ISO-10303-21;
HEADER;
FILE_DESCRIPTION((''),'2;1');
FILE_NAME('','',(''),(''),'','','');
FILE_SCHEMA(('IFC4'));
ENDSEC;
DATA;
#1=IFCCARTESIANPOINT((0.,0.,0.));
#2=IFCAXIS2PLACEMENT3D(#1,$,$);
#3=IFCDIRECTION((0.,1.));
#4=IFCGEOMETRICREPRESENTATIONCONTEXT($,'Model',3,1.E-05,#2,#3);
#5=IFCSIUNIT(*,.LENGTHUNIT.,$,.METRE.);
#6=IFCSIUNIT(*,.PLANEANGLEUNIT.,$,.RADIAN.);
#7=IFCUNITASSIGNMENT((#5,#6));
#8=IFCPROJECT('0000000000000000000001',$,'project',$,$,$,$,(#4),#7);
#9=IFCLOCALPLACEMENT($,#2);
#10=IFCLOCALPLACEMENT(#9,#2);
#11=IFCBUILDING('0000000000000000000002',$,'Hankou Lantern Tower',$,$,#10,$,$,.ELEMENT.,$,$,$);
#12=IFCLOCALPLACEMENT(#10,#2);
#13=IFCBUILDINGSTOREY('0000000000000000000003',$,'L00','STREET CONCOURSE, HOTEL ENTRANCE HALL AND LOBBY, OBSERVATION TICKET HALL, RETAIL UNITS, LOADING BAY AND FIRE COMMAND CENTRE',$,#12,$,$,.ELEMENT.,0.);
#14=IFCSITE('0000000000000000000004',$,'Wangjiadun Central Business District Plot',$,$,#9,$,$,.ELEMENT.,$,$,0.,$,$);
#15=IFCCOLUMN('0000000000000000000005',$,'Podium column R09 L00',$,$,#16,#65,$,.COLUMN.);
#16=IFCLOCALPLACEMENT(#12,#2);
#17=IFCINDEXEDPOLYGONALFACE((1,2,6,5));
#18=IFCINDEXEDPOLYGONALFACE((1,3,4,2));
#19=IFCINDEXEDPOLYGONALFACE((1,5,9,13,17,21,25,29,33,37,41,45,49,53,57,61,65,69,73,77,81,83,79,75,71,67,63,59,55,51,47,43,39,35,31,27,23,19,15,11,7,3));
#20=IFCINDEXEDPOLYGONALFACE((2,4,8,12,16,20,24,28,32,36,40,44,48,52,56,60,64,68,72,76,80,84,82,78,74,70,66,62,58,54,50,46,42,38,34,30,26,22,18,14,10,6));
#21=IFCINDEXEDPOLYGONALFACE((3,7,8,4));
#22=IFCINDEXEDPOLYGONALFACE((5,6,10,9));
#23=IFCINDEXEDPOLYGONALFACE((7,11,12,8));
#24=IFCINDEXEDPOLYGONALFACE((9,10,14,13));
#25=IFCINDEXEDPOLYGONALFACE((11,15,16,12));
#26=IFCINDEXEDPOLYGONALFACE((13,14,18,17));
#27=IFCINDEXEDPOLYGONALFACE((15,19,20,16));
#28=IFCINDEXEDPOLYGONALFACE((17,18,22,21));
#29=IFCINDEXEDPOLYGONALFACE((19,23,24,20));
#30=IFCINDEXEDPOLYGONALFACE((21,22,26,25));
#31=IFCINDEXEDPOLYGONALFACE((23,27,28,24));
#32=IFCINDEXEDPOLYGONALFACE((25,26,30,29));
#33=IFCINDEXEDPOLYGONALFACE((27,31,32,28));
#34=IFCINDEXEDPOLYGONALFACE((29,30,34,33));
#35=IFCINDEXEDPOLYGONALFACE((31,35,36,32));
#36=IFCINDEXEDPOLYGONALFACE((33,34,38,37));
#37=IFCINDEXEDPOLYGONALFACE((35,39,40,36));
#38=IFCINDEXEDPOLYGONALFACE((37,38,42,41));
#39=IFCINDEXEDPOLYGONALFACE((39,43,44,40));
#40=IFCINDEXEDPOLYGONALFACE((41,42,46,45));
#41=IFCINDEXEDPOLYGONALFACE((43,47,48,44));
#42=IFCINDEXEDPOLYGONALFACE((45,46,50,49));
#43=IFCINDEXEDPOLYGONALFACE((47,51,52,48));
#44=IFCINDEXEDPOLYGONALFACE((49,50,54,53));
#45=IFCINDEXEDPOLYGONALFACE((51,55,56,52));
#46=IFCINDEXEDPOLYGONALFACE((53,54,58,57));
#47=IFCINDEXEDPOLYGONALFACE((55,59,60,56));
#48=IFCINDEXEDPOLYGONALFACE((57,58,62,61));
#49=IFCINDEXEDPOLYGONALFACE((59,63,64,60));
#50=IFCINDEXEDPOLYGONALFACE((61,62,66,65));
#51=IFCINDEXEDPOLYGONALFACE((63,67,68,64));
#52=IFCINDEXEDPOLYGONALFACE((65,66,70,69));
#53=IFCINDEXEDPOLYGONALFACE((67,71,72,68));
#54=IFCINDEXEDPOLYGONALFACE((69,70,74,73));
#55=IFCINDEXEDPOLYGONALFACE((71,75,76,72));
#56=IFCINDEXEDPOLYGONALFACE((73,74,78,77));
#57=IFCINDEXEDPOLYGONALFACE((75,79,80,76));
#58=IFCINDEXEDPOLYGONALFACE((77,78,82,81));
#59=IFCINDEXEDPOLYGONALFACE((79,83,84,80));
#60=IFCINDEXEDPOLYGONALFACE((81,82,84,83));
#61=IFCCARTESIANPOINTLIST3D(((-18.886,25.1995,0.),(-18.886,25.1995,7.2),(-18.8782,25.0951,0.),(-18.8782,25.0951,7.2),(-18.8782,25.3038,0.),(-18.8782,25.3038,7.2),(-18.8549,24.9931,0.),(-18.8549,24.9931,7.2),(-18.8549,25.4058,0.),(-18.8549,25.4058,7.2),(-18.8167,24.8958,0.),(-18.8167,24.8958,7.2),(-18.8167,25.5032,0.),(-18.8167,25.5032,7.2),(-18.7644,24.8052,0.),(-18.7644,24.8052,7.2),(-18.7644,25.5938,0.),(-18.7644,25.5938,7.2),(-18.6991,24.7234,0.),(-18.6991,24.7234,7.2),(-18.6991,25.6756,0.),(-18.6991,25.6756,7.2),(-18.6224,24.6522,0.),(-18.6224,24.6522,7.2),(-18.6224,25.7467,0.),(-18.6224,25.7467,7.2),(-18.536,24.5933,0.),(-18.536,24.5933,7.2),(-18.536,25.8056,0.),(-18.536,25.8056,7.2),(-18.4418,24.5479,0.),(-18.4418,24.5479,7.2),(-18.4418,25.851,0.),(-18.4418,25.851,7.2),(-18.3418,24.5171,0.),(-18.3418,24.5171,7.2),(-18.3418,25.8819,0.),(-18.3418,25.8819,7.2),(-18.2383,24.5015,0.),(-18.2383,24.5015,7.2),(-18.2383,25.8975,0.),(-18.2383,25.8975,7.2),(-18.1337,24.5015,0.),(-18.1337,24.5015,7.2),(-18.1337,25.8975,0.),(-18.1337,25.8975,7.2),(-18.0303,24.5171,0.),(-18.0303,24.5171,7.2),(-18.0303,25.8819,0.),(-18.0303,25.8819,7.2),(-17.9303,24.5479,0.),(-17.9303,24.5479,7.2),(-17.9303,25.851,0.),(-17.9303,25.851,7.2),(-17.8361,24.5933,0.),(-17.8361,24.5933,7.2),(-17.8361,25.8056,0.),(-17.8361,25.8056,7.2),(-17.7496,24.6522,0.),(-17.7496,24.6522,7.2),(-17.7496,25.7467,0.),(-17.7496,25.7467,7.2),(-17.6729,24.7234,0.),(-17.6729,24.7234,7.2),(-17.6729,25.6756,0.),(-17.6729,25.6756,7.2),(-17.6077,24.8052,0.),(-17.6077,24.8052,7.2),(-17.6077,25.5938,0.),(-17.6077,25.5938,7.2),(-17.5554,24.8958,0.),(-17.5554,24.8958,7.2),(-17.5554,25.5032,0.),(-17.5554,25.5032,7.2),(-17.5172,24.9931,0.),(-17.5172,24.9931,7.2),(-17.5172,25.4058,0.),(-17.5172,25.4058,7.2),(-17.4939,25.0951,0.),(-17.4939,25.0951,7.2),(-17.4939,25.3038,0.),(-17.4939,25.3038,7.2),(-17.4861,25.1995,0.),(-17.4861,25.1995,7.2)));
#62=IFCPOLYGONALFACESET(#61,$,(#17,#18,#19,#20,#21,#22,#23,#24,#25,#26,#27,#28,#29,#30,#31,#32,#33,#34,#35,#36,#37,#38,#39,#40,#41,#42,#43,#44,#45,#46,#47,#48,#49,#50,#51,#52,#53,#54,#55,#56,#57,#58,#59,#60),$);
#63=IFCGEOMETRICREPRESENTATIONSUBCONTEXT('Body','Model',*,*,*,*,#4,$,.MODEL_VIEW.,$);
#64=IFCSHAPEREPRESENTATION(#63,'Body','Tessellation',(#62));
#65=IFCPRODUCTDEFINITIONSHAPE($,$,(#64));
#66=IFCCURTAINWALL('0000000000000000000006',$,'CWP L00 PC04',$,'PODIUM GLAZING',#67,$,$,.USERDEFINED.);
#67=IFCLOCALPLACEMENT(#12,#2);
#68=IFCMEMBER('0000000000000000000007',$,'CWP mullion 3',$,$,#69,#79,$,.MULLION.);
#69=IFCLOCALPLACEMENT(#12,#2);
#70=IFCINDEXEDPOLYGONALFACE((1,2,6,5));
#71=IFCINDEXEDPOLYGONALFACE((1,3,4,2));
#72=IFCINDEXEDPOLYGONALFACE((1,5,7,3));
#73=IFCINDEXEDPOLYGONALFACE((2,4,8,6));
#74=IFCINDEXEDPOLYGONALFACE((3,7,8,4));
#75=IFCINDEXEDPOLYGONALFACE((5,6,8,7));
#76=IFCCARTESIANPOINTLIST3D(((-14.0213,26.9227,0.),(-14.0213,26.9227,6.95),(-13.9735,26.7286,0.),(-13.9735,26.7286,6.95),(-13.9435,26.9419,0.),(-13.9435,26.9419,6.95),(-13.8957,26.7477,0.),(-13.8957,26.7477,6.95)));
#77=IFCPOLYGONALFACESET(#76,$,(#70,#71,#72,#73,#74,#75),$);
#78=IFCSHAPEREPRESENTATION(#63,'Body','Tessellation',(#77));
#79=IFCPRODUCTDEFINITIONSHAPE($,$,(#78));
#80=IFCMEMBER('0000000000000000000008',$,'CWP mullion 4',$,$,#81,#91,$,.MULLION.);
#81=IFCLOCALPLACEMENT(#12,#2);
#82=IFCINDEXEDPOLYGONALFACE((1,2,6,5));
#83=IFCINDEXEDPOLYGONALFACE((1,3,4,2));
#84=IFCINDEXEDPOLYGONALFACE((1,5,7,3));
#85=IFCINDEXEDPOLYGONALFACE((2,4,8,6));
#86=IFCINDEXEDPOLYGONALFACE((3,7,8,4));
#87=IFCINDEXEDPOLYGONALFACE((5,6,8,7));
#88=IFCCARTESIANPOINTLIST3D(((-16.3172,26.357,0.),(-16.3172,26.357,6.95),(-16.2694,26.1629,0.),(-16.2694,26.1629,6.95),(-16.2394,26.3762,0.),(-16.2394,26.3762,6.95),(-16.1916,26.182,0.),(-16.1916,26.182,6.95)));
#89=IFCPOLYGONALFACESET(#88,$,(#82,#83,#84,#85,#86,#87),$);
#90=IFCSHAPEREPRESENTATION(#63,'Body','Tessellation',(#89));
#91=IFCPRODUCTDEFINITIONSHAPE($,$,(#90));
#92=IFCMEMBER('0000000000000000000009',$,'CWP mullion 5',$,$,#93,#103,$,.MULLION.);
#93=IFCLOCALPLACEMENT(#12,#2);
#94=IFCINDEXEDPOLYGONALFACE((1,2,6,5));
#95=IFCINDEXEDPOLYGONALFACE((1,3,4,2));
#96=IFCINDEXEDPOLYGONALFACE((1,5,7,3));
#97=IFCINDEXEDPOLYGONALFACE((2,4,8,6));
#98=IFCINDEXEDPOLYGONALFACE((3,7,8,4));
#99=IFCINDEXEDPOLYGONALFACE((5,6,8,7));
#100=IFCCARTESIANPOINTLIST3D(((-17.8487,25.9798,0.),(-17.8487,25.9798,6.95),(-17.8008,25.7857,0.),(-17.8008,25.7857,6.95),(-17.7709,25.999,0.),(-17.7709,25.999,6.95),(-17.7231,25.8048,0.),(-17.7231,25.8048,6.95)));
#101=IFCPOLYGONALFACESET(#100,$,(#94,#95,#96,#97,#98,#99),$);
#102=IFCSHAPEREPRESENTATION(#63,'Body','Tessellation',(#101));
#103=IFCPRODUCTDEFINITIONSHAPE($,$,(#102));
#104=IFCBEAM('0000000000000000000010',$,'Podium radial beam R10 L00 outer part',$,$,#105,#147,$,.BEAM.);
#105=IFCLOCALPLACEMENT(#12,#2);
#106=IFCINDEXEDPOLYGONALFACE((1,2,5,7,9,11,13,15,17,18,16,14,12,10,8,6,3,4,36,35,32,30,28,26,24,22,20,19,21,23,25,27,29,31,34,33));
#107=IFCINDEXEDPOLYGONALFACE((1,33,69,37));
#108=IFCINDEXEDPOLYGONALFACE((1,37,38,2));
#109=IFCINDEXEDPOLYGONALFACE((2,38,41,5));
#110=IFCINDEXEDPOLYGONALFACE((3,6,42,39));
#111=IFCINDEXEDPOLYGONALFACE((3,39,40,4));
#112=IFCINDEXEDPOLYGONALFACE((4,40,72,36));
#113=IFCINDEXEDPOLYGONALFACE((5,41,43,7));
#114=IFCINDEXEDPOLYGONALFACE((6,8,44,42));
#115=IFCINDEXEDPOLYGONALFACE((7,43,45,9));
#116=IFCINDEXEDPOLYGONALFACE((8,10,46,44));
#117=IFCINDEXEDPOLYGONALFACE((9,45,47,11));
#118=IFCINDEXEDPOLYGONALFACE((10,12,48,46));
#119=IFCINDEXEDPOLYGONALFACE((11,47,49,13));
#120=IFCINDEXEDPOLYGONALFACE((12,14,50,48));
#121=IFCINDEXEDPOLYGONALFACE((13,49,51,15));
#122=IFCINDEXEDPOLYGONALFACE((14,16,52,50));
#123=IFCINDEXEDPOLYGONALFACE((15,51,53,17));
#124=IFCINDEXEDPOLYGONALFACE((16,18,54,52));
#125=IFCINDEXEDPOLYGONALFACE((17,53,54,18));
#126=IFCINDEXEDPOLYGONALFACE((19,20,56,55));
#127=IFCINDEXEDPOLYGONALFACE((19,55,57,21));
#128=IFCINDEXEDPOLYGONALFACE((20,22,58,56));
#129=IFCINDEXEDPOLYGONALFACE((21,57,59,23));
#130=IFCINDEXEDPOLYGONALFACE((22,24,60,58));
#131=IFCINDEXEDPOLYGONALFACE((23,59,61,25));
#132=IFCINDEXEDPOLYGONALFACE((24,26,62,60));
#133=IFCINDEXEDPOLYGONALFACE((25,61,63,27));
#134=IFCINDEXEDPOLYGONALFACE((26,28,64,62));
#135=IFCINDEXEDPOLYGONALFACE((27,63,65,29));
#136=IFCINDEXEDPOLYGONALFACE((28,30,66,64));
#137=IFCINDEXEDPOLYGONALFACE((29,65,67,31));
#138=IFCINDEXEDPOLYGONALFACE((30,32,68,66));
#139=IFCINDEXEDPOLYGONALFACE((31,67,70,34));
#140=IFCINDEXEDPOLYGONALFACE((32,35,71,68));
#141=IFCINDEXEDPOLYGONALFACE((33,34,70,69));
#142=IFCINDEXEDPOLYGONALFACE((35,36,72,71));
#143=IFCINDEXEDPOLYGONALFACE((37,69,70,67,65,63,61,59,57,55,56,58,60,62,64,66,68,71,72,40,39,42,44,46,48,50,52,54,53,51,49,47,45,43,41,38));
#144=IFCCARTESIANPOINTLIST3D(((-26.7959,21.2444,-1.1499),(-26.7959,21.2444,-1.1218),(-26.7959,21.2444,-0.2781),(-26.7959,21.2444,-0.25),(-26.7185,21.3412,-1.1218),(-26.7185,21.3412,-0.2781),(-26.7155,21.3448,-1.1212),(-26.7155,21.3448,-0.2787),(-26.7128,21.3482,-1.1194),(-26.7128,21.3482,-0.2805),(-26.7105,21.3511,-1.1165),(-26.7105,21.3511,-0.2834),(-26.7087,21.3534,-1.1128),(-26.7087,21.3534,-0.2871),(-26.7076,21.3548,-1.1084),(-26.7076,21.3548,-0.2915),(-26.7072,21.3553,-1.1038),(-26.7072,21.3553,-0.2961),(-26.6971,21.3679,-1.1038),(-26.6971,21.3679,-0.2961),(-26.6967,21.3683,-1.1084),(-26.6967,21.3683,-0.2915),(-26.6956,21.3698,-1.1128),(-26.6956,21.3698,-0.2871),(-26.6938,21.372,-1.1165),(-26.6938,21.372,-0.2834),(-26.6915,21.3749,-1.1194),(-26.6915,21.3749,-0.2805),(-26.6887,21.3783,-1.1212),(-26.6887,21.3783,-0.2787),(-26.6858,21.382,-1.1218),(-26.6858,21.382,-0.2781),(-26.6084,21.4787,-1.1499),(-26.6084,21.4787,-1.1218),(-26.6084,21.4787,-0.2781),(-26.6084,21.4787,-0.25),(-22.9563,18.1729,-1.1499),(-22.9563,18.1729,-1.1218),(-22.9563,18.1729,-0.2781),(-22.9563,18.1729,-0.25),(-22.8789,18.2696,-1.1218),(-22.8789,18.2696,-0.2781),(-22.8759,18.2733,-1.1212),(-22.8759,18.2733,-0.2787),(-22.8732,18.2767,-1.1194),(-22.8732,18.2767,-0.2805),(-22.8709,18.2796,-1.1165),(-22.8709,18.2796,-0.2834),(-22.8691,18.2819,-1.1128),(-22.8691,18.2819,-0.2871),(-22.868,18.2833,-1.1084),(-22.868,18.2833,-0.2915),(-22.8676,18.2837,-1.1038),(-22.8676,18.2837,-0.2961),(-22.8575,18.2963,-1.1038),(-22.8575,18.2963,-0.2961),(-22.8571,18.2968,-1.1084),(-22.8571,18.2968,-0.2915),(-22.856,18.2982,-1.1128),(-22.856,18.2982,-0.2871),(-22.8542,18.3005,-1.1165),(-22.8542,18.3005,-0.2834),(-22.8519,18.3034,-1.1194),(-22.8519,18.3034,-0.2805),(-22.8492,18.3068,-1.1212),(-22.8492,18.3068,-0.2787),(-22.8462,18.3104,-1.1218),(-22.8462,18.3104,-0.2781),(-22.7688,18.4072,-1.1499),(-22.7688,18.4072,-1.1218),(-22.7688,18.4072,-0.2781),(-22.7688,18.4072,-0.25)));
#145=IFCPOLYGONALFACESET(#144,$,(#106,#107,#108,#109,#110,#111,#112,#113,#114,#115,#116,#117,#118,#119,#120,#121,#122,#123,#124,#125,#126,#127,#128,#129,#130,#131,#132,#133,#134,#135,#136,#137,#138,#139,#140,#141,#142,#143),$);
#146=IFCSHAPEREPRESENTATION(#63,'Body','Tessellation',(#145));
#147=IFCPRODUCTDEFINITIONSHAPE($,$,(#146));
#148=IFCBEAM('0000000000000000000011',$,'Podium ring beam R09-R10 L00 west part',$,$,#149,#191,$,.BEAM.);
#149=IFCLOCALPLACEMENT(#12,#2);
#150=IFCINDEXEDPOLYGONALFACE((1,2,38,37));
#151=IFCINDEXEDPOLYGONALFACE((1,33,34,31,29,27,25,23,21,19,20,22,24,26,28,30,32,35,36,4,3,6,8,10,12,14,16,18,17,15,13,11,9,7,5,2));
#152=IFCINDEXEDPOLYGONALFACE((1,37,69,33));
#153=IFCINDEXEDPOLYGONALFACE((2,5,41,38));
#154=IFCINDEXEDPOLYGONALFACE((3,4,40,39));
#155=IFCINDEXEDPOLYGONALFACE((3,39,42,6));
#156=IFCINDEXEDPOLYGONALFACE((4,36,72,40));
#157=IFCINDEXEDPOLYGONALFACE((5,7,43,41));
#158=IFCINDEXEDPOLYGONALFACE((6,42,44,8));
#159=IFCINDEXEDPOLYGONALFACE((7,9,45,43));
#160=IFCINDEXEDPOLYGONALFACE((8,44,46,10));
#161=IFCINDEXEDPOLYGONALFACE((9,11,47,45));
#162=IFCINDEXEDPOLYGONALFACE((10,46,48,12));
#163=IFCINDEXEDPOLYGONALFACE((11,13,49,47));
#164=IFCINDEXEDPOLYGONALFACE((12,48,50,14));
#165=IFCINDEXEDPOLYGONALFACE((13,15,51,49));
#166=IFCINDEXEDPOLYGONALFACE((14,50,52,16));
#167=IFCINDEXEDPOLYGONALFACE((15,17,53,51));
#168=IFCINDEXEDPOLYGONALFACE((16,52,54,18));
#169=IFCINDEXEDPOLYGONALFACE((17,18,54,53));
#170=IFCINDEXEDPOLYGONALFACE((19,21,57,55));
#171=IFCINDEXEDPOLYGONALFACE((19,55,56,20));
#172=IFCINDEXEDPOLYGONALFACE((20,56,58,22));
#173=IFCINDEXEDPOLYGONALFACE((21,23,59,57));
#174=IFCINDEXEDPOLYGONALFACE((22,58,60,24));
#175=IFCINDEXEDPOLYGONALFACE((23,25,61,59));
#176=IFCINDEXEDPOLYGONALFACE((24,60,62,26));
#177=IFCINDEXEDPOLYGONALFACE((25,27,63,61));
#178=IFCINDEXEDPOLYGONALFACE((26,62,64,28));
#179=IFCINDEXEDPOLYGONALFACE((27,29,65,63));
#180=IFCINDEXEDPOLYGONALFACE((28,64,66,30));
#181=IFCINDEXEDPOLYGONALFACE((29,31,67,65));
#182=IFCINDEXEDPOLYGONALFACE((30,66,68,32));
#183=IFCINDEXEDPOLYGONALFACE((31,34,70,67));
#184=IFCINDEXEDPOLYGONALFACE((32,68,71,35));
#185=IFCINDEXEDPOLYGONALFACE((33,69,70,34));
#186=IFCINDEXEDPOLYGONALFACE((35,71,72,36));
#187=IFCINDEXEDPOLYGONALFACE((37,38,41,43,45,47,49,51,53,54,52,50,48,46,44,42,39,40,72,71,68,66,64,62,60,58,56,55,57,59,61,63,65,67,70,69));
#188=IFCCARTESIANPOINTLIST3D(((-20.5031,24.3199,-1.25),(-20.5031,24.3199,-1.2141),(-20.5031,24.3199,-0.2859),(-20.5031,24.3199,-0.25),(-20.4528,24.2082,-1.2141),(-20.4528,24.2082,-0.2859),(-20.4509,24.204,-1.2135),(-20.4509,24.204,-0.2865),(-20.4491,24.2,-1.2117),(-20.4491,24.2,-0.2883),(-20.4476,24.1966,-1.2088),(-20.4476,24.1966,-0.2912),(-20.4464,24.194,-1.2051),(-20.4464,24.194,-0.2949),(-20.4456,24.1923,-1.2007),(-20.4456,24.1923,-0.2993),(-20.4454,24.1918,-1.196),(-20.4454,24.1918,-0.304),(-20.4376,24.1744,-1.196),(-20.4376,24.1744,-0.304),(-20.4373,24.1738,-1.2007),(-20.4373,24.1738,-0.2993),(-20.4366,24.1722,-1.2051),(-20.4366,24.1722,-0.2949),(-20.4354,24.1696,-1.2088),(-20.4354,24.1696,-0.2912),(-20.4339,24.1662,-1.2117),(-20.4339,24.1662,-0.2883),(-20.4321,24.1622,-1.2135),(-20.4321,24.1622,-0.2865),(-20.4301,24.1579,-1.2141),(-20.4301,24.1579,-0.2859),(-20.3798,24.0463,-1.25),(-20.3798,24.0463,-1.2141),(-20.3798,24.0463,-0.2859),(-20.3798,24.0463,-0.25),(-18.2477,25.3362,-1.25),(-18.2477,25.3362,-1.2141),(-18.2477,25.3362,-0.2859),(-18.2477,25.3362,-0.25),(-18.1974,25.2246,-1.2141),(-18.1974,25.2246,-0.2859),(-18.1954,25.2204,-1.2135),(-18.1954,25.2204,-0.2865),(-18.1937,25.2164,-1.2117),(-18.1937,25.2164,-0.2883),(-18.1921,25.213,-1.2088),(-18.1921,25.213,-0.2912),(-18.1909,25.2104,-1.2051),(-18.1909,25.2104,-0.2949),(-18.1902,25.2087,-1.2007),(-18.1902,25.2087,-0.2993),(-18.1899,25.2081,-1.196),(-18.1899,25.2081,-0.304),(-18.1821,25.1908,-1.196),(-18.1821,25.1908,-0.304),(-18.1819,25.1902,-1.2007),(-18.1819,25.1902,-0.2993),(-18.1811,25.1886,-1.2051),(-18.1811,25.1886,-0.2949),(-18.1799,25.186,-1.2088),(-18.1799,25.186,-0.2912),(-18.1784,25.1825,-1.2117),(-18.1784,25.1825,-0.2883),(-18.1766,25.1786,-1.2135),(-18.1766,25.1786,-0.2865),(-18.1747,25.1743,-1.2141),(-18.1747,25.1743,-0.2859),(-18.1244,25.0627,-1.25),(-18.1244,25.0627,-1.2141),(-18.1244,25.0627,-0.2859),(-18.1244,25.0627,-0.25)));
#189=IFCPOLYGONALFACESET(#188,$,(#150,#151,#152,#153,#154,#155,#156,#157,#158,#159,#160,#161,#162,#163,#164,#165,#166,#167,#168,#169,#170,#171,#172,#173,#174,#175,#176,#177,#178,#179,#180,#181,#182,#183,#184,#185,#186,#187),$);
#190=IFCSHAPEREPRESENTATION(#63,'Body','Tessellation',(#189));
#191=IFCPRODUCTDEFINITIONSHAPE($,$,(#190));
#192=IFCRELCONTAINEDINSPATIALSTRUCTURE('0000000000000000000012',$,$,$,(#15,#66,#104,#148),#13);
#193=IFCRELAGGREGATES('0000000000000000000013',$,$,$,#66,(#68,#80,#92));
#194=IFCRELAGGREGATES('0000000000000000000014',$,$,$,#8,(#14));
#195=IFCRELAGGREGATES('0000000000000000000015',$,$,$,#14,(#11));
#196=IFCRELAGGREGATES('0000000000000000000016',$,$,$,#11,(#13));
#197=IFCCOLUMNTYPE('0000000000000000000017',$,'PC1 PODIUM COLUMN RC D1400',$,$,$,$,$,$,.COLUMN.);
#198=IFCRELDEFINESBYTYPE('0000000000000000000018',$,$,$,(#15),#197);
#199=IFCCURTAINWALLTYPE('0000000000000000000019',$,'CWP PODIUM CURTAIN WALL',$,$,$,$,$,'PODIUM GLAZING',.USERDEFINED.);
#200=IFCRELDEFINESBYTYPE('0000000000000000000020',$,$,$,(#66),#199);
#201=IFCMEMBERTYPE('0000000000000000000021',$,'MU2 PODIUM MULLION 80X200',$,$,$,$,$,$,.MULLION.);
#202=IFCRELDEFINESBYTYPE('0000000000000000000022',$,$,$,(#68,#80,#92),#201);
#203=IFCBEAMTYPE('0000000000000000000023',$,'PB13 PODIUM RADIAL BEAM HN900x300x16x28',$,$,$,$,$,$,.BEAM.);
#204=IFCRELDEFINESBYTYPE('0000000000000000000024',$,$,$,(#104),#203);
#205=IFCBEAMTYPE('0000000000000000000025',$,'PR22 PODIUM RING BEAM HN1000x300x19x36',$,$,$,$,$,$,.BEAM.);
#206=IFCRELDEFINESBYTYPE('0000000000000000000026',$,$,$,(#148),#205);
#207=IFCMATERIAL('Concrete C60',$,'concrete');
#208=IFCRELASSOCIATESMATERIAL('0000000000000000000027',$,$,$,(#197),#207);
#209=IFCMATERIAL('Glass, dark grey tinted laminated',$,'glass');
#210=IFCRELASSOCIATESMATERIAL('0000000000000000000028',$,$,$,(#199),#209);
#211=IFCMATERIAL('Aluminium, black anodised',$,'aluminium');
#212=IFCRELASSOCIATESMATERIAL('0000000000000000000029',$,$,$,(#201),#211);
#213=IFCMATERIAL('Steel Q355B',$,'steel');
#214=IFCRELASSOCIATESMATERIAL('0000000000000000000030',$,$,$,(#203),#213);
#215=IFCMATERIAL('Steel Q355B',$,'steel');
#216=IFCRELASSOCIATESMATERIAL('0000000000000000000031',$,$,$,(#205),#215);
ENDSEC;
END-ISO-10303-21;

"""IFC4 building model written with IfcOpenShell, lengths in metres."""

from ifc_helpers import new_model, si_unit, direction, frame, origin, origin_2d, place, context, subcontext, project, spatial, rectangle, circle, i_section, extrude, material, material_profile, profile_set, type_object, element, aggregate, save


model = new_model("IFC4")

# Units and contexts
model_context = context("Model", 3, precision=1e-05, world=origin(), true_north=direction((0.0, 1.0)))
body_context = subcontext(model_context, "Body", "Model", "MODEL_VIEW")
ifc_project = project(units=[si_unit("LENGTHUNIT", "METRE"), si_unit("PLANEANGLEUNIT", "RADIAN")], contexts=[model_context])

# Site, building, storey
site_placement = place(None, origin())
site = spatial("IfcSite", under=ifc_project, at=site_placement, Name="Wangjiadun Central Business District Plot", CompositionType="ELEMENT", RefElevation=0.0)
building_placement = place(site_placement, origin())
building = spatial("IfcBuilding", under=site, at=building_placement, Name="Hankou Lantern Tower", CompositionType="ELEMENT")
storey_placement = place(building_placement, origin())
storey = spatial("IfcBuildingStorey", under=building, at=storey_placement, Name="L00", Description="STREET CONCOURSE, HOTEL ENTRANCE HALL AND LOBBY, OBSERVATION TICKET HALL, RETAIL UNITS, LOADING BAY AND FIRE COMMAND CENTRE", CompositionType="ELEMENT", Elevation=0.0)

# Column
ifc_material_1 = material(Name="Concrete C60", Category="concrete")
ifc_material_profile_1 = material_profile(ifc_material_1, circle(Radius=0.7, at=origin_2d()), Name="RC D1400")
ifc_profile_set_1 = profile_set([ifc_material_profile_1], Name="Concrete C60")
column_type = type_object("IfcColumnType", Name="PC1 PODIUM COLUMN RC D1400", PredefinedType="COLUMN", material=ifc_profile_set_1)
column_placement = place(storey_placement, frame((-18.186, 25.1995, 0.0), z_axis=(0.0, 0.0, 1.0), x_axis=(1.0, 0.0, 0.0)))
element("IfcColumn", 1, at=column_placement, inside=storey, type_object=column_type, Name="Podium column R09 L00", PredefinedType="COLUMN", context=body_context, shape_type="SweptSolid", body=[
    extrude(circle(Radius=0.7, at=origin_2d()), origin(), (0.0, 0.0, 1.0), 7.2),
])

# Curtain wall, members
ifc_material_2 = material(Name="Glass, dark grey tinted laminated", Category="glass")
curtain_wall_type = type_object("IfcCurtainWallType", Name="CWP PODIUM CURTAIN WALL", ElementType="PODIUM GLAZING", PredefinedType="USERDEFINED", material=ifc_material_2)
curtain_wall_placement = place(storey_placement, origin())
curtain_wall = element("IfcCurtainWall", 2, at=curtain_wall_placement, inside=storey, type_object=curtain_wall_type, Name="CWP L00 PC04", ObjectType="PODIUM GLAZING", PredefinedType="USERDEFINED")
ifc_material_3 = material(Name="Aluminium, black anodised", Category="aluminium")
ifc_material_profile_2 = material_profile(ifc_material_3, rectangle(XDim=0.0801, YDim=0.2, at=origin_2d()), Name="MU2 80X200")
ifc_profile_set_2 = profile_set([ifc_material_profile_2], Name="Aluminium, black anodised")
member_type_1 = type_object("IfcMemberType", Name="MU2 PODIUM MULLION 80X200", PredefinedType="MULLION", material=ifc_profile_set_2)
member_1_placement = place(storey_placement, frame((-13.9585, 26.8352, 0.0), z_axis=(0.0, 0.0, 1.0), x_axis=(-0.970961, -0.239238, 0.0)))
member_1 = element("IfcMember", 3, at=member_1_placement, type_object=member_type_1, Name="CWP mullion 3", PredefinedType="MULLION", context=body_context, shape_type="SweptSolid", body=[
    extrude(rectangle(XDim=0.0801, YDim=0.2, at=origin_2d()), origin(), (0.0, 0.0, 1.0), 6.95),
])
member_2_placement = place(storey_placement, frame((-16.2544, 26.2695, 0.0), z_axis=(0.0, 0.0, 1.0), x_axis=(-0.970961, -0.239238, 0.0)))
member_2 = element("IfcMember", 4, at=member_2_placement, type_object=member_type_1, Name="CWP mullion 4", PredefinedType="MULLION", context=body_context, shape_type="SweptSolid", body=[
    extrude(rectangle(XDim=0.0801, YDim=0.2, at=origin_2d()), origin(), (0.0, 0.0, 1.0), 6.95),
])
member_3_placement = place(storey_placement, frame((-17.7859, 25.8923, 0.0), z_axis=(0.0, 0.0, 1.0), x_axis=(-0.970961, -0.239238, 0.0)))
member_3 = element("IfcMember", 5, at=member_3_placement, type_object=member_type_1, Name="CWP mullion 5", PredefinedType="MULLION", context=body_context, shape_type="SweptSolid", body=[
    extrude(rectangle(XDim=0.0801, YDim=0.2, at=origin_2d()), origin(), (0.0, 0.0, 1.0), 6.95),
])

# Beams
ifc_material_4 = material(Name="Steel Q355B", Category="steel")
ifc_material_profile_3 = material_profile(ifc_material_4, i_section(OverallWidth=0.3, OverallDepth=0.8999, WebThickness=0.0161, FlangeThickness=0.0281, FilletRadius=0.0181, at=origin_2d()), Name="HN900x300x16x28")
ifc_profile_set_3 = profile_set([ifc_material_profile_3], Name="Steel Q355B")
beam_type_1 = type_object("IfcBeamType", Name="PB13 PODIUM RADIAL BEAM HN900x300x16x28", PredefinedType="BEAM", material=ifc_profile_set_3)
beam_1_placement = place(storey_placement, frame((-22.8625, 18.29, -0.7), z_axis=(-0.780883, 0.624677, 0.0), x_axis=(-0.624677, -0.780883, 0.0)))
element("IfcBeam", 6, at=beam_1_placement, inside=storey, type_object=beam_type_1, Name="Podium radial beam R10 L00 outer part", PredefinedType="BEAM", context=body_context, shape_type="SweptSolid", body=[
    extrude(i_section(OverallWidth=0.3, OverallDepth=0.8999, WebThickness=0.0161, FlangeThickness=0.0281, FilletRadius=0.0181, at=origin_2d()), origin(), (0.0, 0.0, 1.0), 4.917),
])
ifc_material_5 = material(Name="Steel Q355B", Category="steel")
ifc_material_profile_4 = material_profile(ifc_material_5, i_section(OverallWidth=0.3, OverallDepth=1.0, WebThickness=0.019, FlangeThickness=0.0359, FilletRadius=0.0181, at=origin_2d()), Name="HN1000x300x19x36")
ifc_profile_set_4 = profile_set([ifc_material_profile_4], Name="Steel Q355B")
beam_type_2 = type_object("IfcBeamType", Name="PR22 PODIUM RING BEAM HN1000x300x19x36", PredefinedType="BEAM", material=ifc_profile_set_4)
beam_2_placement = place(storey_placement, frame((-18.186, 25.1995, -0.75), z_axis=(-0.911703, -0.410849, 0.0), x_axis=(0.410849, -0.911703, 0.0)))
element("IfcBeam", 7, at=beam_2_placement, inside=storey, type_object=beam_type_2, Name="Podium ring beam R09-R10 L00 west part", PredefinedType="BEAM", context=body_context, shape_type="SweptSolid", body=[
    extrude(i_section(OverallWidth=0.3, OverallDepth=1.0, WebThickness=0.019, FlangeThickness=0.0359, FilletRadius=0.0181, at=origin_2d()), origin(), (0.0, 0.0, 1.0), 2.4739),
])

aggregate(curtain_wall, [member_1, member_2, member_3])

save(model, "model.ifc")
